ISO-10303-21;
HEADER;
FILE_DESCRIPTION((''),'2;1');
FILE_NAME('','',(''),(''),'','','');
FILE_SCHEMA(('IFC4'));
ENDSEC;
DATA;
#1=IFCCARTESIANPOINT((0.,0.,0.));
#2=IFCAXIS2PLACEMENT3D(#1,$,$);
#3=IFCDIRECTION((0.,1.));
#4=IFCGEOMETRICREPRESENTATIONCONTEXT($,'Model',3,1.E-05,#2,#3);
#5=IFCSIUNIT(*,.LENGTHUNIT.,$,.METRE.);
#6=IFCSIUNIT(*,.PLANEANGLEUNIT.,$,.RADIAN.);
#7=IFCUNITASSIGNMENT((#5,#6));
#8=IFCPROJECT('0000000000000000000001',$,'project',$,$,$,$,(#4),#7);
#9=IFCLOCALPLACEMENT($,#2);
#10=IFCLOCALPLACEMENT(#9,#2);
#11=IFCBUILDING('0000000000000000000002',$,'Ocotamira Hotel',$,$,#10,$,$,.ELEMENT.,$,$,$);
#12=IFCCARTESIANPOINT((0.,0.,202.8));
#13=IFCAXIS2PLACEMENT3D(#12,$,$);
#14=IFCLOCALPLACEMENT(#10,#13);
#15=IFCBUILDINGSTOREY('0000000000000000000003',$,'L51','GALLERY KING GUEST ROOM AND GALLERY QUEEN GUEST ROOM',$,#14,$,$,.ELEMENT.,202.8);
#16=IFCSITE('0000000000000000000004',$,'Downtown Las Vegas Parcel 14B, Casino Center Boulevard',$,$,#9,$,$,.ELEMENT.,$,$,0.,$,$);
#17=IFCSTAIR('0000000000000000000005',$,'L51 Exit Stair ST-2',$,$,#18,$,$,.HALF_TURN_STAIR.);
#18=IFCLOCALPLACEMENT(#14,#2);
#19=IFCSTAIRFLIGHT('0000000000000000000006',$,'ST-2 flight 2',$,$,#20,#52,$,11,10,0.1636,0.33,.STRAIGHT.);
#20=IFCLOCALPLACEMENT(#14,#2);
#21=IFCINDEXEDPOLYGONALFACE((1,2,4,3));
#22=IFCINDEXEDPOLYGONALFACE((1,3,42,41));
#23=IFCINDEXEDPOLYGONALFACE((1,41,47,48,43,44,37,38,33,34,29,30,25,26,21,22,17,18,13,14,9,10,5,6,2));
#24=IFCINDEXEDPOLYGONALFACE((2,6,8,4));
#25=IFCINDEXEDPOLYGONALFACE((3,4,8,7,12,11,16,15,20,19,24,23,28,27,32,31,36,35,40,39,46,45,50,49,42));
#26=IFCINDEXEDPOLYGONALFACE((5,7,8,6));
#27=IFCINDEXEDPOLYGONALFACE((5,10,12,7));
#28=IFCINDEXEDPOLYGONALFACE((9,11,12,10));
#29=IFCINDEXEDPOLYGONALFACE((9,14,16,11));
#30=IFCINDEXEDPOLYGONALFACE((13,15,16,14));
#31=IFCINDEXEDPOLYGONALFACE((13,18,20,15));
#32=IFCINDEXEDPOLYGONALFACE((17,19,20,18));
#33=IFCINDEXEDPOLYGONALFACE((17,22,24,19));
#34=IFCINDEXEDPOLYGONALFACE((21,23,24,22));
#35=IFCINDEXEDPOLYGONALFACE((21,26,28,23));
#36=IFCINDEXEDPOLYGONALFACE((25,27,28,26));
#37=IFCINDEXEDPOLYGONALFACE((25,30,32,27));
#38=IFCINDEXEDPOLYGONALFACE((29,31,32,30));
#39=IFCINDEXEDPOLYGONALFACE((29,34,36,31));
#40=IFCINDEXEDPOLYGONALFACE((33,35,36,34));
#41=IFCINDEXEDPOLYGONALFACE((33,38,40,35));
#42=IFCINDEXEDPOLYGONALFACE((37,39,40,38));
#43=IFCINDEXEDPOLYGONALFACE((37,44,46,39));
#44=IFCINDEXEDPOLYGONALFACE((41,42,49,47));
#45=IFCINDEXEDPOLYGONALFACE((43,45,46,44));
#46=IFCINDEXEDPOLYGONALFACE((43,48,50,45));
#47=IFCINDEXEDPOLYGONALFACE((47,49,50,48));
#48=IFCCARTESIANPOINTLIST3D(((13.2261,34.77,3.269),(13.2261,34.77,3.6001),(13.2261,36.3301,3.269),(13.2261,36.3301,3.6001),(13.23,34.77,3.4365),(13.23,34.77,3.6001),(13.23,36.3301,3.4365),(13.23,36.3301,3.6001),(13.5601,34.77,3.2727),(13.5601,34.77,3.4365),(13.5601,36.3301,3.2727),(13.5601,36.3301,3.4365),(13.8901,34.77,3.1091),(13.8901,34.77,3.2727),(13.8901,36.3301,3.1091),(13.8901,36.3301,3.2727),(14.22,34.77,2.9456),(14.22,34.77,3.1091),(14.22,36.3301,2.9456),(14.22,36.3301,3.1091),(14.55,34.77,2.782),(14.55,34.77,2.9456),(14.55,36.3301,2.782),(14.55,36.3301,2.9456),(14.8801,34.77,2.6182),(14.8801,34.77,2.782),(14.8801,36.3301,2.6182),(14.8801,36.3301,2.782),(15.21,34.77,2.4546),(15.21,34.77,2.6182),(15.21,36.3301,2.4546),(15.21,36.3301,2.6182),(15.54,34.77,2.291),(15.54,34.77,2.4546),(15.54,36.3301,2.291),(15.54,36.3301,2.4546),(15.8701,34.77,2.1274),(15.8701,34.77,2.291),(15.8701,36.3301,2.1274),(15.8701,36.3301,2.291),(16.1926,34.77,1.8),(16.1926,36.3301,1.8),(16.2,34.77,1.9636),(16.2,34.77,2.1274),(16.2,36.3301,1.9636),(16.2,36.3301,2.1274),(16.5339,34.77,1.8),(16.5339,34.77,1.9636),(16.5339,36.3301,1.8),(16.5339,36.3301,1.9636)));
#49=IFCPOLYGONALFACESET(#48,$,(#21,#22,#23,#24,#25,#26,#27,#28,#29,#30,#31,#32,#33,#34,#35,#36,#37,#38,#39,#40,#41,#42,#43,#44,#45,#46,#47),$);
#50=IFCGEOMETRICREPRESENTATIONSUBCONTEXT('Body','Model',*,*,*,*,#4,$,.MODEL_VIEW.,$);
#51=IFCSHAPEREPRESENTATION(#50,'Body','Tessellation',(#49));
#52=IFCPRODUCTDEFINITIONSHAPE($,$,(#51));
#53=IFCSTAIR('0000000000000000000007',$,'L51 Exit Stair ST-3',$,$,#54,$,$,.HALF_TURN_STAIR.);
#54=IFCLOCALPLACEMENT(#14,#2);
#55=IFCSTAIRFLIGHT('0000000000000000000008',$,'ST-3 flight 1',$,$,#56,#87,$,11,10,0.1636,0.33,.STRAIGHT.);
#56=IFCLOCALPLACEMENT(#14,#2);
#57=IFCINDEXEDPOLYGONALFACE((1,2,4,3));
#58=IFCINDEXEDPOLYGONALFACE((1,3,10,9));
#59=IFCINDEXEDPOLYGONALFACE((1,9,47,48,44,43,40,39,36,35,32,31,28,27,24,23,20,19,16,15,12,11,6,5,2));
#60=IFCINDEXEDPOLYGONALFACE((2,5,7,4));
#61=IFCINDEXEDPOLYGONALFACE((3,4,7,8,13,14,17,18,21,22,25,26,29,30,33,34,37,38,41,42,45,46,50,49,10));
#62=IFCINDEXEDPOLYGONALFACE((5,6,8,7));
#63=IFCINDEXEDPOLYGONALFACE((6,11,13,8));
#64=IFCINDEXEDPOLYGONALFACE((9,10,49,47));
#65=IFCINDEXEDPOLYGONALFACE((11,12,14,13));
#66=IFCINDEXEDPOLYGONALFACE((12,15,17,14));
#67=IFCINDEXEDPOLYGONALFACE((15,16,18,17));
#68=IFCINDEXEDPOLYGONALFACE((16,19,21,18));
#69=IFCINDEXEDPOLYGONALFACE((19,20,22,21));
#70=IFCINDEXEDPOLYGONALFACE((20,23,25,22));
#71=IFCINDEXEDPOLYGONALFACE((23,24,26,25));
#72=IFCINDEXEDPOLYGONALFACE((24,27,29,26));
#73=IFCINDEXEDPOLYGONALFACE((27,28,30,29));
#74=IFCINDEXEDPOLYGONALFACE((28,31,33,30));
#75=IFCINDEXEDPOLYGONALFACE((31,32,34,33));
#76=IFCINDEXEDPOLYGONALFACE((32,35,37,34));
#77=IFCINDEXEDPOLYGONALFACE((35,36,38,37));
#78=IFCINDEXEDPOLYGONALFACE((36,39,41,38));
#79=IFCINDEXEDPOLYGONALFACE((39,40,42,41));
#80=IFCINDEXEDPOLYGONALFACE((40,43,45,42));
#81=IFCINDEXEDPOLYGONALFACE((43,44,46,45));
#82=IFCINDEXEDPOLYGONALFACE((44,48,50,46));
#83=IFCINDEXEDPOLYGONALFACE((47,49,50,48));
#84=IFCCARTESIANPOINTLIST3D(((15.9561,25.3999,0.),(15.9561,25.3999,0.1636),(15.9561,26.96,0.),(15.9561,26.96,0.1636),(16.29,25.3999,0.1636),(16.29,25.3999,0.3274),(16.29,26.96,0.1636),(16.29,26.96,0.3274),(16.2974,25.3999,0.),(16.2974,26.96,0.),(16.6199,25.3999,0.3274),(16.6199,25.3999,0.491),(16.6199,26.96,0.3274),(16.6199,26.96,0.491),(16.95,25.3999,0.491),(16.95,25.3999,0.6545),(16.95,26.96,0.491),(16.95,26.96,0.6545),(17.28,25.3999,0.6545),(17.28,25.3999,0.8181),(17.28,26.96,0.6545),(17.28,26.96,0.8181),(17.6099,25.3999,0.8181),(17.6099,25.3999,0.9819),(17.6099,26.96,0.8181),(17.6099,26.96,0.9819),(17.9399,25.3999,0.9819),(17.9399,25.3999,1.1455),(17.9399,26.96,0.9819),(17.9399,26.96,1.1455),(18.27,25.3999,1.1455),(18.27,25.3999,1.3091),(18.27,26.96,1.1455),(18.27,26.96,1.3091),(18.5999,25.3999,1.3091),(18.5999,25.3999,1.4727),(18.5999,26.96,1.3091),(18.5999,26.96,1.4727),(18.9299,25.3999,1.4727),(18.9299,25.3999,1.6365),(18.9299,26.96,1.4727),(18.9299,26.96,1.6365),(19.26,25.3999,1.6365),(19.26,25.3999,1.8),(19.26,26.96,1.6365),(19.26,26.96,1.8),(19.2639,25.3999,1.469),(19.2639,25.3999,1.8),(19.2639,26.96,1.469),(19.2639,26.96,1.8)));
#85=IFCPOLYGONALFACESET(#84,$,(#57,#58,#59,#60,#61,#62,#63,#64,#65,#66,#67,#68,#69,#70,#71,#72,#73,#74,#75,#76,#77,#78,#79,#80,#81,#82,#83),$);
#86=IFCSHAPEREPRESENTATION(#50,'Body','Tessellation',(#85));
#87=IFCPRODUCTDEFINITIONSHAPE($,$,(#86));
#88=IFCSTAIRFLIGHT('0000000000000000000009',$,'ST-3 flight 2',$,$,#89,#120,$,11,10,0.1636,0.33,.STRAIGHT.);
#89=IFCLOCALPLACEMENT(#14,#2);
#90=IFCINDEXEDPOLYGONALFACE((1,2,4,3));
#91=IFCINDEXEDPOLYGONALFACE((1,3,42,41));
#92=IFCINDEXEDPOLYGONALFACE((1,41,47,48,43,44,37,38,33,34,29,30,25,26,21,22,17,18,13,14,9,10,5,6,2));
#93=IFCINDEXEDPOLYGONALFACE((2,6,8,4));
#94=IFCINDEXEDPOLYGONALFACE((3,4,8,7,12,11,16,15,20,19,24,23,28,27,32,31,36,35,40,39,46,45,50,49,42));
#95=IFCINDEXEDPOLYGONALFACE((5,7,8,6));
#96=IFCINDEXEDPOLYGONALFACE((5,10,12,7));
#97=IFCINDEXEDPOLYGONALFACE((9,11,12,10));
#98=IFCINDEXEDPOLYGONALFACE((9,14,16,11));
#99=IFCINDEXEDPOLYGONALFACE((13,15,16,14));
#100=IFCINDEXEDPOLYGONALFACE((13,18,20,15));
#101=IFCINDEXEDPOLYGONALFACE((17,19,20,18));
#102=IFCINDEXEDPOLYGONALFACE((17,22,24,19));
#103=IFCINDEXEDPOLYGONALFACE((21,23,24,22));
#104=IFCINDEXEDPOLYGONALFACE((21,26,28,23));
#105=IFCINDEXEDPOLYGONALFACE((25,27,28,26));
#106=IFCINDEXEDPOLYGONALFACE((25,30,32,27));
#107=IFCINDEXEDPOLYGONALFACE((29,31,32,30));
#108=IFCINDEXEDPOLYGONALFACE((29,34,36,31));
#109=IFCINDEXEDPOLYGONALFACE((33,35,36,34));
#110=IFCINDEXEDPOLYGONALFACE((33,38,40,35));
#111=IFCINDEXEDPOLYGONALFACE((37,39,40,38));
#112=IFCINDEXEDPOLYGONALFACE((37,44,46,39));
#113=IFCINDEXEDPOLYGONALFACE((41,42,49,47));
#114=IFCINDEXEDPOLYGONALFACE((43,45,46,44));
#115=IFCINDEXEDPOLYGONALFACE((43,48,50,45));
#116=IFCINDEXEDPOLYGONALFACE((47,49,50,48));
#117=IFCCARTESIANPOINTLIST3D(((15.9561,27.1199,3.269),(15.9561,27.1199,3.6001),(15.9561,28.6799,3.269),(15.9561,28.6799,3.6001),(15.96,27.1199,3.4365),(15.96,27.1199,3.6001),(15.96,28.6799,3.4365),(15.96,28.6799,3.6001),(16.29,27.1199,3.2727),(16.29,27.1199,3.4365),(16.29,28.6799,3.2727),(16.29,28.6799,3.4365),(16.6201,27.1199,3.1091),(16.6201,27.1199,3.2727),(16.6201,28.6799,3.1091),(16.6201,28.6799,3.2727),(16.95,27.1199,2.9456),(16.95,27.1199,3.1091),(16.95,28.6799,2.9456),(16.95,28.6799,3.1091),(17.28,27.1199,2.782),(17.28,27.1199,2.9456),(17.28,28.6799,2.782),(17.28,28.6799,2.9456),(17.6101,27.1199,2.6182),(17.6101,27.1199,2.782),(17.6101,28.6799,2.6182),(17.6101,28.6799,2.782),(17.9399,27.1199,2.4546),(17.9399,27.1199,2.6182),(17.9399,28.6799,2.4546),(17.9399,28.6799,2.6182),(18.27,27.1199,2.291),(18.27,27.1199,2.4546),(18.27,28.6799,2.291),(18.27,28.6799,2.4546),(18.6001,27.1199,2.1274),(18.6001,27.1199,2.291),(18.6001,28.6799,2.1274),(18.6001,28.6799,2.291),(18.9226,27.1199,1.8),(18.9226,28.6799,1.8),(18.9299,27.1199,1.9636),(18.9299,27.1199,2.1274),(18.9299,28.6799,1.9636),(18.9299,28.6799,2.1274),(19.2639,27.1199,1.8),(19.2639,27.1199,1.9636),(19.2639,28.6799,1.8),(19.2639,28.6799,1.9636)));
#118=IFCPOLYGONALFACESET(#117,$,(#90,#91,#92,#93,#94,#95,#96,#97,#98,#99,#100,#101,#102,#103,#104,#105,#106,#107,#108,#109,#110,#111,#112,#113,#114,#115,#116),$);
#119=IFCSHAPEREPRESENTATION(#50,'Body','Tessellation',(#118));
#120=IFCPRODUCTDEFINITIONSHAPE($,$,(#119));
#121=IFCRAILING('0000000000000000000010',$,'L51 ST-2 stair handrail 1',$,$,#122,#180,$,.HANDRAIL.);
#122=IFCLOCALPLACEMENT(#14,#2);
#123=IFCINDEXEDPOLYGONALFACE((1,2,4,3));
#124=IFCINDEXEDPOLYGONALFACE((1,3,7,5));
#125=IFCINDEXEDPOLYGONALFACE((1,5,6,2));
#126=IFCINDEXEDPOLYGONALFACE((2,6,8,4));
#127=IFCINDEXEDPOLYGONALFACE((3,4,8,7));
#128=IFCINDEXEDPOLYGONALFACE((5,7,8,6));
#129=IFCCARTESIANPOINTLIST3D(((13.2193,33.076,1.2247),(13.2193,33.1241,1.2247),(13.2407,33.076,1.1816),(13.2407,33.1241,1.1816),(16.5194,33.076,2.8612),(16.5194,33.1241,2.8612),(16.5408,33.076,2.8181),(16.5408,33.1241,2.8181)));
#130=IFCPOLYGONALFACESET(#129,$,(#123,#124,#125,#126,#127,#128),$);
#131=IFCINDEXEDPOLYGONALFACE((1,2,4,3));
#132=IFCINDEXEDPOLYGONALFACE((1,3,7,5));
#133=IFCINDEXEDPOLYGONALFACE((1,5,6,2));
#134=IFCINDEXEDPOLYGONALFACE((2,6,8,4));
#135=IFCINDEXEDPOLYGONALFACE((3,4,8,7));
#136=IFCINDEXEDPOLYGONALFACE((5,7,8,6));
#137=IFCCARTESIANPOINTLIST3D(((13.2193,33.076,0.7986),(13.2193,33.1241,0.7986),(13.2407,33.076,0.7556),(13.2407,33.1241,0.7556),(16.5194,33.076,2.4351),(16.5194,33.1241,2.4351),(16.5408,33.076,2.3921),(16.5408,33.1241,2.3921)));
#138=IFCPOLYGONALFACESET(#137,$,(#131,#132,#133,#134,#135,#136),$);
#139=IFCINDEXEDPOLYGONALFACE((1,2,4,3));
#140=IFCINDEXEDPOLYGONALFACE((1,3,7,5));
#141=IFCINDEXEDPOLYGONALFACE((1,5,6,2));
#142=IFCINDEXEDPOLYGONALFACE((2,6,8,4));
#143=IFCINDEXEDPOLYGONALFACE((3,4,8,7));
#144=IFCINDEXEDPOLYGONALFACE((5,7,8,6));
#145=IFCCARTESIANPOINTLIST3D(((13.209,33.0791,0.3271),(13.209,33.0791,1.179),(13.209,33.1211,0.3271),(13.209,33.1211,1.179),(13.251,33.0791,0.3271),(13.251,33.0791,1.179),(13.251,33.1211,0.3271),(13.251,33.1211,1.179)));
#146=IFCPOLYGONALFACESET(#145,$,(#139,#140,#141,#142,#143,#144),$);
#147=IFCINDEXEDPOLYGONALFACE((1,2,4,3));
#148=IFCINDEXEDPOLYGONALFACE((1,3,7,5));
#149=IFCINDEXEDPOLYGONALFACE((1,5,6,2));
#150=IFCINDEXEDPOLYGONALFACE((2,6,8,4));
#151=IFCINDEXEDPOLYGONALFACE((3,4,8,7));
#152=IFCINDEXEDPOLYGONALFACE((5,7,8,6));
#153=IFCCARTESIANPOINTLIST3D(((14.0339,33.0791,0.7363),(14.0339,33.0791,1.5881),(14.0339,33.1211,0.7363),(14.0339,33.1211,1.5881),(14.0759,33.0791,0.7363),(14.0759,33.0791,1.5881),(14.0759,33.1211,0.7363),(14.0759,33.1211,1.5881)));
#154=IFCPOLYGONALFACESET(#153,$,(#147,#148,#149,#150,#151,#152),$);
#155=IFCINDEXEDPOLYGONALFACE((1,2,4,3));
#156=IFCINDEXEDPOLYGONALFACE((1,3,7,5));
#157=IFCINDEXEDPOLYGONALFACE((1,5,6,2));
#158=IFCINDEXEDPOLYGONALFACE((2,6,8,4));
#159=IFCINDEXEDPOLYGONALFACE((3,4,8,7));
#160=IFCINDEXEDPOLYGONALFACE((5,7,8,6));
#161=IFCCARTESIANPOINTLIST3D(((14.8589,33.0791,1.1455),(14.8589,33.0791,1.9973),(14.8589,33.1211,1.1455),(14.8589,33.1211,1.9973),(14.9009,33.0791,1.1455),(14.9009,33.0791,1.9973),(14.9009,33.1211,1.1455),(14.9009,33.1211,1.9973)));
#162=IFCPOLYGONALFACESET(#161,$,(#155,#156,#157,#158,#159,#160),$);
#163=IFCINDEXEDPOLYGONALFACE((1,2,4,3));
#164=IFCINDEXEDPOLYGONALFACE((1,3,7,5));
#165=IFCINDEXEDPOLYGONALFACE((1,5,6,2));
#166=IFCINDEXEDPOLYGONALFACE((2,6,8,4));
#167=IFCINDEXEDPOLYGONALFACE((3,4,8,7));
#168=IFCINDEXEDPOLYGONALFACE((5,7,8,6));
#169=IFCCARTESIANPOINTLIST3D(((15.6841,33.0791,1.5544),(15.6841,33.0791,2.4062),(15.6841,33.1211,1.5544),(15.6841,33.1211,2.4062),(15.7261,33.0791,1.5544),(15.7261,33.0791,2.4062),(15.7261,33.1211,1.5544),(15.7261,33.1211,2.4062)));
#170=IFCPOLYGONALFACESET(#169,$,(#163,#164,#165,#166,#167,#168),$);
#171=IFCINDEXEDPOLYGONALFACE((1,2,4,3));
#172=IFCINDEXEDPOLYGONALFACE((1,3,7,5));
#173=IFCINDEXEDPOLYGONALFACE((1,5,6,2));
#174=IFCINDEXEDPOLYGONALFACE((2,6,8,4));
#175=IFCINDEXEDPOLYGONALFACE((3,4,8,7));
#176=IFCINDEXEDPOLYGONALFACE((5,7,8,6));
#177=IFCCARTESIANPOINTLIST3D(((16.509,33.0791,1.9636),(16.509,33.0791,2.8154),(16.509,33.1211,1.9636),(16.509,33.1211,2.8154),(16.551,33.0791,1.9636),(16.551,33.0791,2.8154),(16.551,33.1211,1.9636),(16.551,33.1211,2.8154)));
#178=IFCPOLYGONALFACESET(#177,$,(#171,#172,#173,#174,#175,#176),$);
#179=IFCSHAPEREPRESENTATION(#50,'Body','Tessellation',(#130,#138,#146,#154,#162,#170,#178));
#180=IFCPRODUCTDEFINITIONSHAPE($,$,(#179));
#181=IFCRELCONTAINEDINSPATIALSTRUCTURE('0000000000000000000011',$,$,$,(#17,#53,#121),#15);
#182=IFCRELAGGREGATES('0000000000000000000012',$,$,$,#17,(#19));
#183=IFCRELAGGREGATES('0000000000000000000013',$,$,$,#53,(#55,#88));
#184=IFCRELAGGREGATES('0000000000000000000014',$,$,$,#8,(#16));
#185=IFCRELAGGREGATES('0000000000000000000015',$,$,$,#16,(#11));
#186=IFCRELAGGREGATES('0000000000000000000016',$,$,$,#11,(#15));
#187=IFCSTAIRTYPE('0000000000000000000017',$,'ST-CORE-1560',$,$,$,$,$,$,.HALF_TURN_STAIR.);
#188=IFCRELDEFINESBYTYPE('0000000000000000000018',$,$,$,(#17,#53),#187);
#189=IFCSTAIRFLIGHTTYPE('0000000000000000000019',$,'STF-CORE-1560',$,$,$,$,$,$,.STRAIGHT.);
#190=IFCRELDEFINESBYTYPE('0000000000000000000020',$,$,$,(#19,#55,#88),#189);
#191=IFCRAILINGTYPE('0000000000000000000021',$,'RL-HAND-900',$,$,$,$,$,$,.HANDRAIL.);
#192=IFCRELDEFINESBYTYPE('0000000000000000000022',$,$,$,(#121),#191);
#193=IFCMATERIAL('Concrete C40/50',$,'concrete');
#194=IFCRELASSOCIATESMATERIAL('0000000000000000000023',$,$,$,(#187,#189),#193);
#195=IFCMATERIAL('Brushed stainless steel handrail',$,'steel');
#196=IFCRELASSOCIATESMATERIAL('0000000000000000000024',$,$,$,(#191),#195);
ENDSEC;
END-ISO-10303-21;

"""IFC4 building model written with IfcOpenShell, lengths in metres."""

from ifc_helpers import new_model, si_unit, direction, frame, origin, origin_2d, place, context, subcontext, project, spatial, polyline, rectangle, outline, extrude, source, transform, mapped, material, type_object, element, aggregate, save


model = new_model("IFC4")

# Units and contexts
model_context = context("Model", 3, precision=1e-05, world=origin(), true_north=direction((0.0, 1.0)))
body_context = subcontext(model_context, "Body", "Model", "MODEL_VIEW")
ifc_project = project(units=[si_unit("LENGTHUNIT", "METRE"), si_unit("PLANEANGLEUNIT", "RADIAN")], contexts=[model_context])

# Site, building, storey
site_placement = place(None, origin())
site = spatial("IfcSite", under=ifc_project, at=site_placement, Name="Downtown Las Vegas Parcel 14B, Casino Center Boulevard", CompositionType="ELEMENT", RefElevation=0.0)
building_placement = place(site_placement, origin())
building = spatial("IfcBuilding", under=site, at=building_placement, Name="Ocotamira Hotel", CompositionType="ELEMENT")
storey_placement = place(building_placement, frame((0.0, 0.0, 202.8)))
storey = spatial("IfcBuildingStorey", under=building, at=storey_placement, Name="L51", Description="GALLERY KING GUEST ROOM AND GALLERY QUEEN GUEST ROOM", CompositionType="ELEMENT", Elevation=202.8)

# Stairs, stair flights
ifc_material_1 = material(Name="Concrete C40/50", Category="concrete")
stair_type = type_object("IfcStairType", Name="ST-CORE-1560", PredefinedType="HALF_TURN_STAIR", material=ifc_material_1)
stair_1_placement = place(storey_placement, origin())
stair_1 = element("IfcStair", 1, at=stair_1_placement, inside=storey, type_object=stair_type, Name="L51 Exit Stair ST-2", PredefinedType="HALF_TURN_STAIR")
stair_flight_type = type_object("IfcStairFlightType", Name="STF-CORE-1560", PredefinedType="STRAIGHT", material=ifc_material_1)
shared_shape_1 = source(origin(), body_context, "Body", "SweptSolid", [
    extrude(outline(polyline([(-0.0039, 0.0), (-0.0039, 0.1636), (0.3301, 0.1636), (0.3301, 0.3274), (0.6599, 0.3274), (0.6599, 0.491), (0.99, 0.491), (0.99, 0.6545), (1.3201, 0.6545), (1.3201, 0.8181), (1.6499, 0.8181), (1.6499, 0.9819), (1.98, 0.9819), (1.98, 1.1455), (2.3101, 1.1455), (2.3101, 1.3091), (2.6399, 1.3091), (2.6399, 1.4727), (2.97, 1.4727), (2.97, 1.6365), (3.3, 1.6365), (3.3, 1.8), (3.304, 1.8), (3.304, 1.469), (0.3374, 0.0), (-0.0039, 0.0)])), frame((0.0, 0.78, 0.0), z_axis=(0.0, -1.0, 0.0), x_axis=(1.0, 0.0, 0.0)), (0.0, 0.0, 1.0), 1.5601),
])
stair_flight_1_placement = place(storey_placement, frame((16.53, 35.55, 1.8), z_axis=(0.0, 0.0, 1.0), x_axis=(-1.0, 0.0, 0.0)))
stair_flight_1 = element("IfcStairFlight", 2, at=stair_flight_1_placement, type_object=stair_flight_type, Name="ST-2 flight 2", NumberOfRisers=11, NumberOfTreads=10, PredefinedType="STRAIGHT", RiserHeight=0.1636, TreadLength=0.33, context=body_context, shape_type="MappedRepresentation", body=[
    mapped(shared_shape_1, transform((0.0, 0.0, 0.0), scale=1.0)),
])
aggregate(stair_1, [stair_flight_1])
stair_2_placement = place(storey_placement, origin())
stair_2 = element("IfcStair", 3, at=stair_2_placement, inside=storey, type_object=stair_type, Name="L51 Exit Stair ST-3", PredefinedType="HALF_TURN_STAIR")
stair_flight_2_placement = place(storey_placement, frame((15.96, 26.1799, 0.0), z_axis=(0.0, 0.0, 1.0), x_axis=(1.0, 0.0, 0.0)))
stair_flight_2 = element("IfcStairFlight", 4, at=stair_flight_2_placement, type_object=stair_flight_type, Name="ST-3 flight 1", NumberOfRisers=11, NumberOfTreads=10, PredefinedType="STRAIGHT", RiserHeight=0.1636, TreadLength=0.33, context=body_context, shape_type="MappedRepresentation", body=[
    mapped(shared_shape_1, transform((0.0, 0.0, 0.0), scale=1.0)),
])
stair_flight_3_placement = place(storey_placement, frame((19.26, 27.8999, 1.8), z_axis=(0.0, 0.0, 1.0), x_axis=(-1.0, 0.0, 0.0)))
stair_flight_3 = element("IfcStairFlight", 5, at=stair_flight_3_placement, type_object=stair_flight_type, Name="ST-3 flight 2", NumberOfRisers=11, NumberOfTreads=10, PredefinedType="STRAIGHT", RiserHeight=0.1636, TreadLength=0.33, context=body_context, shape_type="MappedRepresentation", body=[
    mapped(shared_shape_1, transform((0.0, 0.0, 0.0), scale=1.0)),
])
aggregate(stair_2, [stair_flight_2, stair_flight_3])

# Railing
ifc_material_2 = material(Name="Brushed stainless steel handrail", Category="steel")
railing_type_1 = type_object("IfcRailingType", Name="RL-HAND-900", PredefinedType="HANDRAIL", material=ifc_material_2)
railing_1_placement = place(storey_placement, frame((13.23, 33.1001, 0.3271)))
element("IfcRailing", 6, at=railing_1_placement, inside=storey, type_object=railing_type_1, Name="L51 ST-2 stair handrail 1", PredefinedType="HANDRAIL", context=body_context, shape_type="SweptSolid", body=[
    extrude(rectangle(XDim=0.0481, YDim=0.0481, at=origin_2d()), frame((0.0, 0.0, 0.876), z_axis=(0.895894, 0.0, 0.444268), x_axis=(0.0, 1.0, 0.0)), (0.0, 0.0, 1.0), 3.6836),
    extrude(rectangle(XDim=0.0481, YDim=0.0481, at=origin_2d()), frame((0.0, 0.0, 0.45), z_axis=(0.895894, 0.0, 0.444268), x_axis=(0.0, 1.0, 0.0)), (0.0, 0.0, 1.0), 3.6836),
    extrude(rectangle(XDim=0.042, YDim=0.042, at=origin_2d()), origin(), (0.0, 0.0, 1.0), 0.8518),
    extrude(rectangle(XDim=0.042, YDim=0.042, at=origin_2d()), frame((0.825, 0.0, 0.4092)), (0.0, 0.0, 1.0), 0.8518),
    extrude(rectangle(XDim=0.042, YDim=0.042, at=origin_2d()), frame((1.6499, 0.0, 0.8184)), (0.0, 0.0, 1.0), 0.8518),
    extrude(rectangle(XDim=0.042, YDim=0.042, at=origin_2d()), frame((2.4751, 0.0, 1.2273)), (0.0, 0.0, 1.0), 0.8518),
    extrude(rectangle(XDim=0.042, YDim=0.042, at=origin_2d()), frame((3.3, 0.0, 1.6365)), (0.0, 0.0, 1.0), 0.8518),
])

save(model, "model.ifc")
